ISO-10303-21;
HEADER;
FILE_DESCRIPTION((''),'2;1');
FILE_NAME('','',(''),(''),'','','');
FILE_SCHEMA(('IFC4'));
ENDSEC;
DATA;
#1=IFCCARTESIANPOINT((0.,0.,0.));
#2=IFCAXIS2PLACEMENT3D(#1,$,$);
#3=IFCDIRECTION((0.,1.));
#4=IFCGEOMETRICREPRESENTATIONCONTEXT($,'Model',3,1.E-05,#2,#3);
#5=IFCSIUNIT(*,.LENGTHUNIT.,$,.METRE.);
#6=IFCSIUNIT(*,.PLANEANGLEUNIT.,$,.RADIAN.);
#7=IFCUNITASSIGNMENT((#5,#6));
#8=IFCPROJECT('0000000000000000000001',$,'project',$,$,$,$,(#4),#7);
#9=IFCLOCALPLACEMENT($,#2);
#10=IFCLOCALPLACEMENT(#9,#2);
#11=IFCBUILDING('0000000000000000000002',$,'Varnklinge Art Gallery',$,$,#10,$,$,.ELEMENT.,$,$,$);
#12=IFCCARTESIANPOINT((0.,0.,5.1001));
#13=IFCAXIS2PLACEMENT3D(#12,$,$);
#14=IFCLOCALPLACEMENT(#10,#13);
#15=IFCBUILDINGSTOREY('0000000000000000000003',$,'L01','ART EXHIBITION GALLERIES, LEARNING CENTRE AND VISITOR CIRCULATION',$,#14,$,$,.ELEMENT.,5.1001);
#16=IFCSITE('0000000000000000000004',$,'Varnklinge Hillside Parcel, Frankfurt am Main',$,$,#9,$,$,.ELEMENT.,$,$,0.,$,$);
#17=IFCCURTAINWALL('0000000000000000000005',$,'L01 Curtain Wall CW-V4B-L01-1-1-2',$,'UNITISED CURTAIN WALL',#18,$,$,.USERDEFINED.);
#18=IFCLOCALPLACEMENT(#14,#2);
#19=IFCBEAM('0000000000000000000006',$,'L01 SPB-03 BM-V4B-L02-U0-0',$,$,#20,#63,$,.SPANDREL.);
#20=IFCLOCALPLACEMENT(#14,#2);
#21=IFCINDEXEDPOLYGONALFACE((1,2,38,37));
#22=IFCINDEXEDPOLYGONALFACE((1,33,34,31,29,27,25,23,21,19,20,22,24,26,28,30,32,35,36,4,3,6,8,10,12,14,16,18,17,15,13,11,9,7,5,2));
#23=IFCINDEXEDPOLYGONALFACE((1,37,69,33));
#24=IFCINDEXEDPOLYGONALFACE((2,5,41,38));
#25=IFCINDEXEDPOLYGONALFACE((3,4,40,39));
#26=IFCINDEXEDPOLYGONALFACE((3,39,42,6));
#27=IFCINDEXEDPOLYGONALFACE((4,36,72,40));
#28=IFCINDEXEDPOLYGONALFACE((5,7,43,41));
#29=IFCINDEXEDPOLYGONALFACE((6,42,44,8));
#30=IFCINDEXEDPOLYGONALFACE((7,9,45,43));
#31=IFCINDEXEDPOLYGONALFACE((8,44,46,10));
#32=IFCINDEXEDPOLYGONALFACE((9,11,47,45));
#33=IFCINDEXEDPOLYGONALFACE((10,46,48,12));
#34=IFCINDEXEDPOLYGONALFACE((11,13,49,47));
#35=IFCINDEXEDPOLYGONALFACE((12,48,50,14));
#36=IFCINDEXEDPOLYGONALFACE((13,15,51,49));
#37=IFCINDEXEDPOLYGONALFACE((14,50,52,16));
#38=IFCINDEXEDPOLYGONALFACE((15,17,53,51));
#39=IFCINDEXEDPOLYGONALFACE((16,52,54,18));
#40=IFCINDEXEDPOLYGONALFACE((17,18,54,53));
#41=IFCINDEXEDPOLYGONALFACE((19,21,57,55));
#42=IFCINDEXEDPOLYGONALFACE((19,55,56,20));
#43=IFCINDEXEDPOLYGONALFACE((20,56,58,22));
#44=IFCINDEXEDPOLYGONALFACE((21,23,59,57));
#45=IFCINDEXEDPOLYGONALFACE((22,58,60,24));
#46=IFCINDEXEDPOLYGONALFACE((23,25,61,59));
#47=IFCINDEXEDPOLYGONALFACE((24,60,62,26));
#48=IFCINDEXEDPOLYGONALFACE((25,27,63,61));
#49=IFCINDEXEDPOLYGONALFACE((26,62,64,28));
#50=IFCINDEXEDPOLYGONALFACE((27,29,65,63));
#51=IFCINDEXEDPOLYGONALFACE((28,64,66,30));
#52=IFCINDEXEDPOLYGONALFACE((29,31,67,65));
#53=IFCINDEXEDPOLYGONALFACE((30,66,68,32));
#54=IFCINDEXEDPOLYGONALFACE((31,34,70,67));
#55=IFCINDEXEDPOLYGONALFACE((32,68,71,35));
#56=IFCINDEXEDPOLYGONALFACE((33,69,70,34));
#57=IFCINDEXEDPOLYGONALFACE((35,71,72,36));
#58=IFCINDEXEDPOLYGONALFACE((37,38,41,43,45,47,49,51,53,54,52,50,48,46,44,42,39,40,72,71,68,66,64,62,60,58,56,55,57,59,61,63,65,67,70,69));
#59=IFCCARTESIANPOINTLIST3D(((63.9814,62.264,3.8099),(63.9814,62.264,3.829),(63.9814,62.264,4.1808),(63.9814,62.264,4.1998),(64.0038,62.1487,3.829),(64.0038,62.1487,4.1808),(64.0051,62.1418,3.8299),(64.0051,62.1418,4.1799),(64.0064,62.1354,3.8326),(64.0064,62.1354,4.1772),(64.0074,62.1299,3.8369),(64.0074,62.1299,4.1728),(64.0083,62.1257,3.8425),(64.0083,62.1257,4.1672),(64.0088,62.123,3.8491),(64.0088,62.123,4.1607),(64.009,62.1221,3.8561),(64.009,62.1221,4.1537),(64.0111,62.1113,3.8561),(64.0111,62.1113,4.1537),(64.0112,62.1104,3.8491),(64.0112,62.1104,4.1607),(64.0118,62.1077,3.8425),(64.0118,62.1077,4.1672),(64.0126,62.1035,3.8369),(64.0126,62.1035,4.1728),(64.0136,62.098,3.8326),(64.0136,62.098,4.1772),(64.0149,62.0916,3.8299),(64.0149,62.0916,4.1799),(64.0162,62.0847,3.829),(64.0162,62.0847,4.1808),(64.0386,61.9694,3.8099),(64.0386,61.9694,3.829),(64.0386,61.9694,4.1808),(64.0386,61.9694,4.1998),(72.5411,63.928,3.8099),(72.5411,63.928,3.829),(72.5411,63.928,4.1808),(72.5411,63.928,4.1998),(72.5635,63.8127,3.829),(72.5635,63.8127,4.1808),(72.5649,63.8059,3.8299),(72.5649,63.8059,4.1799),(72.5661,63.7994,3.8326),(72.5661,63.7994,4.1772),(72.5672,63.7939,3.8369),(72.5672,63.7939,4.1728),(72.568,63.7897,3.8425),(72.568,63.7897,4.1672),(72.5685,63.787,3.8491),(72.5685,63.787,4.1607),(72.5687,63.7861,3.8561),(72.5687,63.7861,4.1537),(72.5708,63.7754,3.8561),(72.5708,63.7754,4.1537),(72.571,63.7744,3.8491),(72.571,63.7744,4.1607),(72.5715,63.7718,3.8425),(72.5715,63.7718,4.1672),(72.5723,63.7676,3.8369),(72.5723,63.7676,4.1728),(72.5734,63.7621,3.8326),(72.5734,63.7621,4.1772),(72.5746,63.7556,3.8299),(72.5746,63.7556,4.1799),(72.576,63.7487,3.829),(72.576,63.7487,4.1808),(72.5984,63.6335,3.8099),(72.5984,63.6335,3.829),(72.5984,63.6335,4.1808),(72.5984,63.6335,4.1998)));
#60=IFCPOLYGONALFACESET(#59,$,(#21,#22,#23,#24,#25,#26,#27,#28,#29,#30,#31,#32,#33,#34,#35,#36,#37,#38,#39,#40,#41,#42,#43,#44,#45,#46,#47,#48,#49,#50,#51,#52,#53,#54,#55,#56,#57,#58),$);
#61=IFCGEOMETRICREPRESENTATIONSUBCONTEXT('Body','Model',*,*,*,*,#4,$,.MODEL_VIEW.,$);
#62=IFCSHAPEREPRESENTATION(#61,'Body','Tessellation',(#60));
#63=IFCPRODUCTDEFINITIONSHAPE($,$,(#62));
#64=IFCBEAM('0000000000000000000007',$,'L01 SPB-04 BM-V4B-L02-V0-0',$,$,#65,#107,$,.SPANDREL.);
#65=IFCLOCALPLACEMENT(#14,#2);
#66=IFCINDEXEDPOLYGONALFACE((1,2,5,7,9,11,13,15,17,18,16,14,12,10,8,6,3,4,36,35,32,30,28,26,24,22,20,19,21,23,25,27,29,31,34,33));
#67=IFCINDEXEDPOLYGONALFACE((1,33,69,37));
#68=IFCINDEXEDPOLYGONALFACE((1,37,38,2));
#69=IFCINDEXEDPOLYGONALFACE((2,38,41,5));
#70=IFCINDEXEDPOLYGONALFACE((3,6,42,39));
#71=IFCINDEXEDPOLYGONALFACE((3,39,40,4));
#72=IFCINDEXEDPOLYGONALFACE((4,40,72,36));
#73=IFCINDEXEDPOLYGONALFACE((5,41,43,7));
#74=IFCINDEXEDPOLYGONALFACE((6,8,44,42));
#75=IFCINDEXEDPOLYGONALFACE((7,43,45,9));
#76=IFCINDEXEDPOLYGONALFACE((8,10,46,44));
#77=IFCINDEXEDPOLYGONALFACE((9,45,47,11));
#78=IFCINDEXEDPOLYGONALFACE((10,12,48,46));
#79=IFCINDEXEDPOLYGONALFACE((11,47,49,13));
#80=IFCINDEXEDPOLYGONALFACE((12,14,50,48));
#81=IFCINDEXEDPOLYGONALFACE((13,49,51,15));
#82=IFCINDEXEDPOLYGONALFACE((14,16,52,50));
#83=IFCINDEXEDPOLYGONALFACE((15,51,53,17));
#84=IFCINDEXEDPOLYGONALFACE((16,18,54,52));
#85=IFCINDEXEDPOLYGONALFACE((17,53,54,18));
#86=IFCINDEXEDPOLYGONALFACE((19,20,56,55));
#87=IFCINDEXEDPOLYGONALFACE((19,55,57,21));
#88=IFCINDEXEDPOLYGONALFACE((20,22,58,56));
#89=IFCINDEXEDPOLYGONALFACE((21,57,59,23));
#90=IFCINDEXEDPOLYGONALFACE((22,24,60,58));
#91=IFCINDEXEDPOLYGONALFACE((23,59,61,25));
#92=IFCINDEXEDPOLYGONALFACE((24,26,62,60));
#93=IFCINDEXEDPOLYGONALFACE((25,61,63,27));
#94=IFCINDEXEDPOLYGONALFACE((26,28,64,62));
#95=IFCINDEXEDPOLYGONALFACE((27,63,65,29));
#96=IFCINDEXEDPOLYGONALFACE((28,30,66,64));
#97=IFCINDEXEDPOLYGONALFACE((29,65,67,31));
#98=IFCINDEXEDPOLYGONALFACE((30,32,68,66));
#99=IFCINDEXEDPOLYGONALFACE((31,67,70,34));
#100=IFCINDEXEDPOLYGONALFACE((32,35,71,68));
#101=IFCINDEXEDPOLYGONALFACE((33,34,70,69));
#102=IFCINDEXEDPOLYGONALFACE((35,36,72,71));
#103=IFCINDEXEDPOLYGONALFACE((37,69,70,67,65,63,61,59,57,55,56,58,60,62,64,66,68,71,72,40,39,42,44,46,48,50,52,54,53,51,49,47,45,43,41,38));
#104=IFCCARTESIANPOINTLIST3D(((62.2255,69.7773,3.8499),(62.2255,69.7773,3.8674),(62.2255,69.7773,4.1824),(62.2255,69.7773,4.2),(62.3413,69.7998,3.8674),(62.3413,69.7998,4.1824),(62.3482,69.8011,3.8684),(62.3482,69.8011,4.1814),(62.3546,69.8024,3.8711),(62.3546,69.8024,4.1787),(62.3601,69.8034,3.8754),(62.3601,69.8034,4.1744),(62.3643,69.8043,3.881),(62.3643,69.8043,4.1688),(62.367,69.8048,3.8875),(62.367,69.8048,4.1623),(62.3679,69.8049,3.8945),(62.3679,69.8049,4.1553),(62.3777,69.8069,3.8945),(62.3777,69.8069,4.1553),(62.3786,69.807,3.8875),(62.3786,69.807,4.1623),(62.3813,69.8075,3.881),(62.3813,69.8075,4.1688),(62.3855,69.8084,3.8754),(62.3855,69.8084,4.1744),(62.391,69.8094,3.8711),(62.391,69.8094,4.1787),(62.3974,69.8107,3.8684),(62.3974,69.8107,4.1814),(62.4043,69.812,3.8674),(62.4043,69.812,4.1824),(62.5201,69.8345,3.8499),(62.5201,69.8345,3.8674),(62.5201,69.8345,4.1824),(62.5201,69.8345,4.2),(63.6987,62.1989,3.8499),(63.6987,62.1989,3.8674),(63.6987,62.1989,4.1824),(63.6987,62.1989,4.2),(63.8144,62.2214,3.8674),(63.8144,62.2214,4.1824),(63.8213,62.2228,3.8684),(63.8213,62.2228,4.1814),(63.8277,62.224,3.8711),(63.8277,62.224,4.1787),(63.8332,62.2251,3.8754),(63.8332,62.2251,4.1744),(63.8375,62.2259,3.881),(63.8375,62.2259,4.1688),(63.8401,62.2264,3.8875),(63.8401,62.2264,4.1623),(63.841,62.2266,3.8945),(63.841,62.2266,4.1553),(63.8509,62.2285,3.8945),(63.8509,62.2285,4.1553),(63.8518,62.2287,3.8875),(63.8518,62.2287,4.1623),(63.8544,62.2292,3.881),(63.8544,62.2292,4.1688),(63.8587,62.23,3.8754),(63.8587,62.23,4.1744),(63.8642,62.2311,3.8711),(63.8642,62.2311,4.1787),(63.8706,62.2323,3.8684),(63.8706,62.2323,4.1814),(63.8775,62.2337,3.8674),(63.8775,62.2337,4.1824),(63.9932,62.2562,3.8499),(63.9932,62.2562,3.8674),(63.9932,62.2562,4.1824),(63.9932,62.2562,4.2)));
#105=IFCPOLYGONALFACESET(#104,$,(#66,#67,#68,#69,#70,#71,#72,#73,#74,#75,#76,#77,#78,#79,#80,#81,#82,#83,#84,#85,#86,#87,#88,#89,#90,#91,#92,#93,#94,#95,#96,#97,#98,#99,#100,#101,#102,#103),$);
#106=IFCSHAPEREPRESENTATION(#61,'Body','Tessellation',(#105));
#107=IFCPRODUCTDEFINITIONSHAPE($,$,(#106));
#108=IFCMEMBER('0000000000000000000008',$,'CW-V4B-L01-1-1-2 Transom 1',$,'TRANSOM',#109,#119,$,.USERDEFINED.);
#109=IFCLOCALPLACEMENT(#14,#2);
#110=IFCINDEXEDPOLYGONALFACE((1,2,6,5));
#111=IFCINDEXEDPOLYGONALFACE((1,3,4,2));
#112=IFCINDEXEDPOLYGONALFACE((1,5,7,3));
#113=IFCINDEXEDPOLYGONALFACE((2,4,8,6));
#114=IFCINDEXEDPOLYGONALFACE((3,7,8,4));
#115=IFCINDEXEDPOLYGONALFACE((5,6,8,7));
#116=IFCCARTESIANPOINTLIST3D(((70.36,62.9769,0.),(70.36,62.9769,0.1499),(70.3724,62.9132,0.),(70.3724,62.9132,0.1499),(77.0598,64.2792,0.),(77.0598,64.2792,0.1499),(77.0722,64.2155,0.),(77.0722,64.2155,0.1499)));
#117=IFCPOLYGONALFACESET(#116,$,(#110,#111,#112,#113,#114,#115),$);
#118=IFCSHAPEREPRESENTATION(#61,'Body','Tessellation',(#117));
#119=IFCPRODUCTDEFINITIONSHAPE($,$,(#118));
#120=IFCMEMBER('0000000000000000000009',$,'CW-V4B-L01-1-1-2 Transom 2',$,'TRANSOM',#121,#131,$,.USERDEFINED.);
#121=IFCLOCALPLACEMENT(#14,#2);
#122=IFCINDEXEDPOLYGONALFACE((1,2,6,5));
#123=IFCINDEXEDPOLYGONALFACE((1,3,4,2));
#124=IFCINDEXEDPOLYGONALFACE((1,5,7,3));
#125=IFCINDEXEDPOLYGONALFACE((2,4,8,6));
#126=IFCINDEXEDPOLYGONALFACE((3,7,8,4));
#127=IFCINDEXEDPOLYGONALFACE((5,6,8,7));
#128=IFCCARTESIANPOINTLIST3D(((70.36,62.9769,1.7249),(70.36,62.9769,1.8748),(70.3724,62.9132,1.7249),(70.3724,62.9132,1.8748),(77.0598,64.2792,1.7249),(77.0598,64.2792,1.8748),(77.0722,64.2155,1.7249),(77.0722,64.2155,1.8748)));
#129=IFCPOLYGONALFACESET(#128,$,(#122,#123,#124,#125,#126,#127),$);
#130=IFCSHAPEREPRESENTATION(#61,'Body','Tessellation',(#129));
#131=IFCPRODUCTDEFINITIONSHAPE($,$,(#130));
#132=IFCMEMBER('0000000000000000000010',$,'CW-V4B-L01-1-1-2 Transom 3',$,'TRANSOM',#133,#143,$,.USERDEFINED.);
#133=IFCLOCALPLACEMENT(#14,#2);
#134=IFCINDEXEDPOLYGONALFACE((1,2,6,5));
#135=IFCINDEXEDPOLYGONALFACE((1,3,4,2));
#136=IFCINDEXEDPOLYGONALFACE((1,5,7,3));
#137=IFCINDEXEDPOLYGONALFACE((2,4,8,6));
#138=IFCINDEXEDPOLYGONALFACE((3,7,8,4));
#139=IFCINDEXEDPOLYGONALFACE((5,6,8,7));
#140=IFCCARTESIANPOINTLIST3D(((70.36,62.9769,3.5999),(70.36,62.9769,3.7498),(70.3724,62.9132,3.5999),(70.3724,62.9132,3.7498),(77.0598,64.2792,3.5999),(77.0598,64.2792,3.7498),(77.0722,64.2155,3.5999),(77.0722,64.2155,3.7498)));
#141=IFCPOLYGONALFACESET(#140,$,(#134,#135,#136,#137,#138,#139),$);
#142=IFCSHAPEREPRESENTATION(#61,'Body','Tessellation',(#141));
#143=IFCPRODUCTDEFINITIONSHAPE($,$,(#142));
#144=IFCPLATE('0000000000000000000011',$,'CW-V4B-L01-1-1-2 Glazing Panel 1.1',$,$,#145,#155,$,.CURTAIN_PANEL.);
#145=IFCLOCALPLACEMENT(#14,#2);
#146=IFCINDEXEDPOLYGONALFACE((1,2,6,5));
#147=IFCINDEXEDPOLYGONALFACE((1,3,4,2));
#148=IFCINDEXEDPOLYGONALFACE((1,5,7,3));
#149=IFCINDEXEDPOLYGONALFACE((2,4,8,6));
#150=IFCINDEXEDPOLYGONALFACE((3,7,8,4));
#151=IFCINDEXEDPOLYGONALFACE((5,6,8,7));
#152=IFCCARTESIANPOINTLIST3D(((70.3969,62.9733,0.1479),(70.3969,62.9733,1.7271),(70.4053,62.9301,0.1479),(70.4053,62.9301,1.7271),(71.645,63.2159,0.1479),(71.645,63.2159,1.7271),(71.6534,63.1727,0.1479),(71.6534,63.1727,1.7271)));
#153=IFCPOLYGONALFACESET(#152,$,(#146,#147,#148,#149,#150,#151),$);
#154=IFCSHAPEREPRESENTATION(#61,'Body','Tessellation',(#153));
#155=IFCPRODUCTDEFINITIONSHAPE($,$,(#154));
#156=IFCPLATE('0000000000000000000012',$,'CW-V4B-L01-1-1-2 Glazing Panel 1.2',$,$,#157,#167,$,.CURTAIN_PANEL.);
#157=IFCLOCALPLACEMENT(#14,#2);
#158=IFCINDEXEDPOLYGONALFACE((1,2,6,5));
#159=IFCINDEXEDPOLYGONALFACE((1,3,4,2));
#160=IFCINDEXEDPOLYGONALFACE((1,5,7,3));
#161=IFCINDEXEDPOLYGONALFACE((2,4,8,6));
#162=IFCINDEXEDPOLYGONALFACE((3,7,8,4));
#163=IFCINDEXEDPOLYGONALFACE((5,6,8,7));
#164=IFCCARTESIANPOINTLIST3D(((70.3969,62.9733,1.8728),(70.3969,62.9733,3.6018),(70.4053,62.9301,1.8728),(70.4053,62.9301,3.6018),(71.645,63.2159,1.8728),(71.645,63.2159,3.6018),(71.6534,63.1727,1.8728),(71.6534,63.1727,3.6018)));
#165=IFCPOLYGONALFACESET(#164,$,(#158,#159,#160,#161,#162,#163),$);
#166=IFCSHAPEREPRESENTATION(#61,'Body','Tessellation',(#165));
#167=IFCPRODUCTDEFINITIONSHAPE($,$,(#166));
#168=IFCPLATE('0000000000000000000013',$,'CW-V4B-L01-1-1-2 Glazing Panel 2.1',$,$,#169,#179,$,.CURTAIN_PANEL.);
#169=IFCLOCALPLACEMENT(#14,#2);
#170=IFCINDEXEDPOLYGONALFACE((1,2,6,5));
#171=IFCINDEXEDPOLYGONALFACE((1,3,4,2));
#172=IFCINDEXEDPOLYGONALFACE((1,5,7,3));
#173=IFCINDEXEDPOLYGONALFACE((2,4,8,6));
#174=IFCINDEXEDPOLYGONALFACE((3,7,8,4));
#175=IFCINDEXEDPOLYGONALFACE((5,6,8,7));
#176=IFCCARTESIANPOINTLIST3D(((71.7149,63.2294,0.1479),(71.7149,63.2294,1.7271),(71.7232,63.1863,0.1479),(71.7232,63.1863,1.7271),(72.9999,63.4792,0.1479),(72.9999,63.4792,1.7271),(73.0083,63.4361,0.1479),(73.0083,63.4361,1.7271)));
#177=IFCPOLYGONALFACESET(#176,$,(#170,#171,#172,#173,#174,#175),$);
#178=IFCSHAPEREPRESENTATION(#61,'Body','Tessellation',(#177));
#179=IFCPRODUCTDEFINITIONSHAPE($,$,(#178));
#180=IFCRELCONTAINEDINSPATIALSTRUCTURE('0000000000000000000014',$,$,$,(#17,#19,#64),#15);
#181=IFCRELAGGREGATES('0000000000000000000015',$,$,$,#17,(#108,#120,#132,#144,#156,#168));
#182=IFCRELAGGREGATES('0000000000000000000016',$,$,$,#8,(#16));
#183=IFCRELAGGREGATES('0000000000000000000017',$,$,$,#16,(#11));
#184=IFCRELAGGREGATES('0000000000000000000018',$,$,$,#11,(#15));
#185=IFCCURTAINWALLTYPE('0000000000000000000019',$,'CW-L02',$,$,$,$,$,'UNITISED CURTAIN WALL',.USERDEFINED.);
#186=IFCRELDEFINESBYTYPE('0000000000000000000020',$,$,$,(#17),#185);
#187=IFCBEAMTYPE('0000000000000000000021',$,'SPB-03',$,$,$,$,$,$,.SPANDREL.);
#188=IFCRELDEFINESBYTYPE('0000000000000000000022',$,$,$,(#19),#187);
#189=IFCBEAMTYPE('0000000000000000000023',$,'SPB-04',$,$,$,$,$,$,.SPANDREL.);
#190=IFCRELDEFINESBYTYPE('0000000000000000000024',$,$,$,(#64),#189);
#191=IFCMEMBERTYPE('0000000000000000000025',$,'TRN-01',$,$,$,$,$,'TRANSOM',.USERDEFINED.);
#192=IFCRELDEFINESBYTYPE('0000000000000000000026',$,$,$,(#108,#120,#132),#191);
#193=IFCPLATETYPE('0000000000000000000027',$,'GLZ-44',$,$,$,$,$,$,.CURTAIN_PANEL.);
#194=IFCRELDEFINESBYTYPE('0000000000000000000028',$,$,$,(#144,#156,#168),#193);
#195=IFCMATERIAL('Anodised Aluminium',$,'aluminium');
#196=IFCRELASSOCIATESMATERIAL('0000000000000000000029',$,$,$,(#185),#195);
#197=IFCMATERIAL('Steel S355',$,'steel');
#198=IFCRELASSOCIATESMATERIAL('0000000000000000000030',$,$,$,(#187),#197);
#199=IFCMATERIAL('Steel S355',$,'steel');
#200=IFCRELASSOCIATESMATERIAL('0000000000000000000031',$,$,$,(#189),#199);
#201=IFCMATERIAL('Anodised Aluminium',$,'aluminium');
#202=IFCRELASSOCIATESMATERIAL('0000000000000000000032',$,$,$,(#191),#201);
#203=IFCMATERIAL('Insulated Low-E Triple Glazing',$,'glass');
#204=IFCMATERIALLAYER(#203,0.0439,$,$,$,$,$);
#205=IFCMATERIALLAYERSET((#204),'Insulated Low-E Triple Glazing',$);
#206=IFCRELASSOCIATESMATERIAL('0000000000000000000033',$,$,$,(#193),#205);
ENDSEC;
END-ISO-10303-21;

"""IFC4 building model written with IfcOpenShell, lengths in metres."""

from ifc_helpers import new_model, si_unit, direction, frame, origin, origin_2d, place, context, subcontext, project, spatial, rectangle, i_section, extrude, material, layer, layer_set, material_profile, profile_set, type_object, element, aggregate, save


model = new_model("IFC4")

# Units and contexts
model_context = context("Model", 3, precision=1e-05, world=origin(), true_north=direction((0.0, 1.0)))
body_context = subcontext(model_context, "Body", "Model", "MODEL_VIEW")
ifc_project = project(units=[si_unit("LENGTHUNIT", "METRE"), si_unit("PLANEANGLEUNIT", "RADIAN")], contexts=[model_context])

# Site, building, storey
site_placement = place(None, origin())
site = spatial("IfcSite", under=ifc_project, at=site_placement, Name="Varnklinge Hillside Parcel, Frankfurt am Main", CompositionType="ELEMENT", RefElevation=0.0)
building_placement = place(site_placement, origin())
building = spatial("IfcBuilding", under=site, at=building_placement, Name="Varnklinge Art Gallery", CompositionType="ELEMENT")
storey_placement = place(building_placement, frame((0.0, 0.0, 5.1001)))
storey = spatial("IfcBuildingStorey", under=building, at=storey_placement, Name="L01", Description="ART EXHIBITION GALLERIES, LEARNING CENTRE AND VISITOR CIRCULATION", CompositionType="ELEMENT", Elevation=5.1001)

# Curtain wall
ifc_material_1 = material(Name="Anodised Aluminium", Category="aluminium")
curtain_wall_type_1 = type_object("IfcCurtainWallType", Name="CW-L02", ElementType="UNITISED CURTAIN WALL", PredefinedType="USERDEFINED", material=ifc_material_1)
curtain_wall_1_placement = place(storey_placement, origin())
curtain_wall_1 = element("IfcCurtainWall", 1, at=curtain_wall_1_placement, inside=storey, type_object=curtain_wall_type_1, Name="L01 Curtain Wall CW-V4B-L01-1-1-2", ObjectType="UNITISED CURTAIN WALL", PredefinedType="USERDEFINED")

# Beams
ifc_material_2 = material(Name="Steel S355", Category="steel")
ifc_material_profile_1 = material_profile(ifc_material_2, i_section(OverallWidth=0.3, OverallDepth=0.3899, WebThickness=0.011, FlangeThickness=0.019, FilletRadius=0.0271, at=origin_2d()), Name="HEA 400")
ifc_profile_set_1 = profile_set([ifc_material_profile_1], Name="Steel S355")
beam_type_1 = type_object("IfcBeamType", Name="SPB-03", PredefinedType="SPANDREL", material=ifc_profile_set_1)
beam_1_placement = place(storey_placement, frame((64.01, 62.1167, 4.0049), z_axis=(0.981623, 0.190831, 0.0), x_axis=(-0.190831, 0.981623, 0.0)))
element("IfcBeam", 2, at=beam_1_placement, inside=storey, type_object=beam_type_1, Name="L01 SPB-03 BM-V4B-L02-U0-0", PredefinedType="SPANDREL", context=body_context, shape_type="SweptSolid", body=[
    extrude(i_section(OverallWidth=0.3, OverallDepth=0.3899, WebThickness=0.011, FlangeThickness=0.019, FilletRadius=0.0271, at=origin_2d()), origin(), (0.0, 0.0, 1.0), 8.72),
])
ifc_material_3 = material(Name="Steel S355", Category="steel")
ifc_material_profile_2 = material_profile(ifc_material_3, i_section(OverallWidth=0.3, OverallDepth=0.3501, WebThickness=0.01, FlangeThickness=0.0176, FilletRadius=0.0271, at=origin_2d()), Name="HEA 360")
ifc_profile_set_2 = profile_set([ifc_material_profile_2], Name="Steel S355")
beam_type_2 = type_object("IfcBeamType", Name="SPB-04", PredefinedType="SPANDREL", material=ifc_profile_set_2)
beam_2_placement = place(storey_placement, frame((63.8459, 62.2275, 4.0249), z_axis=(-0.190816, 0.981626, 0.0), x_axis=(-0.981626, -0.190816, 0.0)))
element("IfcBeam", 3, at=beam_2_placement, inside=storey, type_object=beam_type_2, Name="L01 SPB-04 BM-V4B-L02-V0-0", PredefinedType="SPANDREL", context=body_context, shape_type="SweptSolid", body=[
    extrude(i_section(OverallWidth=0.3, OverallDepth=0.3501, WebThickness=0.01, FlangeThickness=0.0176, FilletRadius=0.0271, at=origin_2d()), origin(), (0.0, 0.0, 1.0), 7.7202),
])

# Members
ifc_material_4 = material(Name="Anodised Aluminium", Category="aluminium")
ifc_material_profile_3 = material_profile(ifc_material_4, rectangle(XDim=0.0649, YDim=0.1499, at=origin_2d()), Name="ALU 65x150")
ifc_profile_set_3 = profile_set([ifc_material_profile_3], Name="Anodised Aluminium")
member_type_1 = type_object("IfcMemberType", Name="TRN-01", ElementType="TRANSOM", PredefinedType="USERDEFINED", material=ifc_profile_set_3)
member_1_placement = place(storey_placement, frame((70.3662, 62.9451, 0.075), z_axis=(0.981628, 0.190803, 0.0), x_axis=(-0.190803, 0.981628, 0.0)))
member_1 = element("IfcMember", 4, at=member_1_placement, type_object=member_type_1, Name="CW-V4B-L01-1-1-2 Transom 1", ObjectType="TRANSOM", PredefinedType="USERDEFINED", context=body_context, shape_type="SweptSolid", body=[
    extrude(rectangle(XDim=0.0649, YDim=0.1499, at=origin_2d()), origin(), (0.0, 0.0, 1.0), 6.8252),
])
member_2_placement = place(storey_placement, frame((70.3662, 62.9451, 1.7998), z_axis=(0.981628, 0.190803, 0.0), x_axis=(-0.190803, 0.981628, 0.0)))
member_2 = element("IfcMember", 5, at=member_2_placement, type_object=member_type_1, Name="CW-V4B-L01-1-1-2 Transom 2", ObjectType="TRANSOM", PredefinedType="USERDEFINED", context=body_context, shape_type="SweptSolid", body=[
    extrude(rectangle(XDim=0.0649, YDim=0.1499, at=origin_2d()), origin(), (0.0, 0.0, 1.0), 6.8252),
])
member_3_placement = place(storey_placement, frame((70.3662, 62.9451, 3.6748), z_axis=(0.981628, 0.190803, 0.0), x_axis=(-0.190803, 0.981628, 0.0)))
member_3 = element("IfcMember", 6, at=member_3_placement, type_object=member_type_1, Name="CW-V4B-L01-1-1-2 Transom 3", ObjectType="TRANSOM", PredefinedType="USERDEFINED", context=body_context, shape_type="SweptSolid", body=[
    extrude(rectangle(XDim=0.0649, YDim=0.1499, at=origin_2d()), origin(), (0.0, 0.0, 1.0), 6.8252),
])

# Plates
ifc_material_5 = material(Name="Insulated Low-E Triple Glazing", Category="glass")
ifc_layer_1 = layer(ifc_material_5, 0.0439)
ifc_layer_set_1 = layer_set([ifc_layer_1], Name="Insulated Low-E Triple Glazing")
plate_type_1 = type_object("IfcPlateType", Name="GLZ-44", PredefinedType="CURTAIN_PANEL", material=ifc_layer_set_1)
plate_1_placement = place(storey_placement, frame((71.0251, 63.073, 0.1479), z_axis=(0.0, 0.0, 1.0), x_axis=(0.981627, 0.190809, 0.0)))
plate_1 = element("IfcPlate", 7, at=plate_1_placement, type_object=plate_type_1, Name="CW-V4B-L01-1-1-2 Glazing Panel 1.1", PredefinedType="CURTAIN_PANEL", context=body_context, shape_type="SweptSolid", body=[
    extrude(rectangle(XDim=1.2715, YDim=0.0439, at=origin_2d()), origin(), (0.0, 0.0, 1.0), 1.5791),
])
plate_2_placement = place(storey_placement, frame((71.0251, 63.073, 1.8728), z_axis=(0.0, 0.0, 1.0), x_axis=(0.981627, 0.190809, 0.0)))
plate_2 = element("IfcPlate", 8, at=plate_2_placement, type_object=plate_type_1, Name="CW-V4B-L01-1-1-2 Glazing Panel 1.2", PredefinedType="CURTAIN_PANEL", context=body_context, shape_type="SweptSolid", body=[
    extrude(rectangle(XDim=1.2715, YDim=0.0439, at=origin_2d()), origin(), (0.0, 0.0, 1.0), 1.729),
])
plate_3_placement = place(storey_placement, frame((72.3616, 63.3328, 0.1479), z_axis=(0.0, 0.0, 1.0), x_axis=(0.981627, 0.190809, 0.0)))
plate_3 = element("IfcPlate", 9, at=plate_3_placement, type_object=plate_type_1, Name="CW-V4B-L01-1-1-2 Glazing Panel 2.1", PredefinedType="CURTAIN_PANEL", context=body_context, shape_type="SweptSolid", body=[
    extrude(rectangle(XDim=1.3091, YDim=0.0439, at=origin_2d()), origin(), (0.0, 0.0, 1.0), 1.5791),
])
aggregate(curtain_wall_1, [member_1, member_2, member_3, plate_1, plate_2, plate_3])

save(model, "model.ifc")
